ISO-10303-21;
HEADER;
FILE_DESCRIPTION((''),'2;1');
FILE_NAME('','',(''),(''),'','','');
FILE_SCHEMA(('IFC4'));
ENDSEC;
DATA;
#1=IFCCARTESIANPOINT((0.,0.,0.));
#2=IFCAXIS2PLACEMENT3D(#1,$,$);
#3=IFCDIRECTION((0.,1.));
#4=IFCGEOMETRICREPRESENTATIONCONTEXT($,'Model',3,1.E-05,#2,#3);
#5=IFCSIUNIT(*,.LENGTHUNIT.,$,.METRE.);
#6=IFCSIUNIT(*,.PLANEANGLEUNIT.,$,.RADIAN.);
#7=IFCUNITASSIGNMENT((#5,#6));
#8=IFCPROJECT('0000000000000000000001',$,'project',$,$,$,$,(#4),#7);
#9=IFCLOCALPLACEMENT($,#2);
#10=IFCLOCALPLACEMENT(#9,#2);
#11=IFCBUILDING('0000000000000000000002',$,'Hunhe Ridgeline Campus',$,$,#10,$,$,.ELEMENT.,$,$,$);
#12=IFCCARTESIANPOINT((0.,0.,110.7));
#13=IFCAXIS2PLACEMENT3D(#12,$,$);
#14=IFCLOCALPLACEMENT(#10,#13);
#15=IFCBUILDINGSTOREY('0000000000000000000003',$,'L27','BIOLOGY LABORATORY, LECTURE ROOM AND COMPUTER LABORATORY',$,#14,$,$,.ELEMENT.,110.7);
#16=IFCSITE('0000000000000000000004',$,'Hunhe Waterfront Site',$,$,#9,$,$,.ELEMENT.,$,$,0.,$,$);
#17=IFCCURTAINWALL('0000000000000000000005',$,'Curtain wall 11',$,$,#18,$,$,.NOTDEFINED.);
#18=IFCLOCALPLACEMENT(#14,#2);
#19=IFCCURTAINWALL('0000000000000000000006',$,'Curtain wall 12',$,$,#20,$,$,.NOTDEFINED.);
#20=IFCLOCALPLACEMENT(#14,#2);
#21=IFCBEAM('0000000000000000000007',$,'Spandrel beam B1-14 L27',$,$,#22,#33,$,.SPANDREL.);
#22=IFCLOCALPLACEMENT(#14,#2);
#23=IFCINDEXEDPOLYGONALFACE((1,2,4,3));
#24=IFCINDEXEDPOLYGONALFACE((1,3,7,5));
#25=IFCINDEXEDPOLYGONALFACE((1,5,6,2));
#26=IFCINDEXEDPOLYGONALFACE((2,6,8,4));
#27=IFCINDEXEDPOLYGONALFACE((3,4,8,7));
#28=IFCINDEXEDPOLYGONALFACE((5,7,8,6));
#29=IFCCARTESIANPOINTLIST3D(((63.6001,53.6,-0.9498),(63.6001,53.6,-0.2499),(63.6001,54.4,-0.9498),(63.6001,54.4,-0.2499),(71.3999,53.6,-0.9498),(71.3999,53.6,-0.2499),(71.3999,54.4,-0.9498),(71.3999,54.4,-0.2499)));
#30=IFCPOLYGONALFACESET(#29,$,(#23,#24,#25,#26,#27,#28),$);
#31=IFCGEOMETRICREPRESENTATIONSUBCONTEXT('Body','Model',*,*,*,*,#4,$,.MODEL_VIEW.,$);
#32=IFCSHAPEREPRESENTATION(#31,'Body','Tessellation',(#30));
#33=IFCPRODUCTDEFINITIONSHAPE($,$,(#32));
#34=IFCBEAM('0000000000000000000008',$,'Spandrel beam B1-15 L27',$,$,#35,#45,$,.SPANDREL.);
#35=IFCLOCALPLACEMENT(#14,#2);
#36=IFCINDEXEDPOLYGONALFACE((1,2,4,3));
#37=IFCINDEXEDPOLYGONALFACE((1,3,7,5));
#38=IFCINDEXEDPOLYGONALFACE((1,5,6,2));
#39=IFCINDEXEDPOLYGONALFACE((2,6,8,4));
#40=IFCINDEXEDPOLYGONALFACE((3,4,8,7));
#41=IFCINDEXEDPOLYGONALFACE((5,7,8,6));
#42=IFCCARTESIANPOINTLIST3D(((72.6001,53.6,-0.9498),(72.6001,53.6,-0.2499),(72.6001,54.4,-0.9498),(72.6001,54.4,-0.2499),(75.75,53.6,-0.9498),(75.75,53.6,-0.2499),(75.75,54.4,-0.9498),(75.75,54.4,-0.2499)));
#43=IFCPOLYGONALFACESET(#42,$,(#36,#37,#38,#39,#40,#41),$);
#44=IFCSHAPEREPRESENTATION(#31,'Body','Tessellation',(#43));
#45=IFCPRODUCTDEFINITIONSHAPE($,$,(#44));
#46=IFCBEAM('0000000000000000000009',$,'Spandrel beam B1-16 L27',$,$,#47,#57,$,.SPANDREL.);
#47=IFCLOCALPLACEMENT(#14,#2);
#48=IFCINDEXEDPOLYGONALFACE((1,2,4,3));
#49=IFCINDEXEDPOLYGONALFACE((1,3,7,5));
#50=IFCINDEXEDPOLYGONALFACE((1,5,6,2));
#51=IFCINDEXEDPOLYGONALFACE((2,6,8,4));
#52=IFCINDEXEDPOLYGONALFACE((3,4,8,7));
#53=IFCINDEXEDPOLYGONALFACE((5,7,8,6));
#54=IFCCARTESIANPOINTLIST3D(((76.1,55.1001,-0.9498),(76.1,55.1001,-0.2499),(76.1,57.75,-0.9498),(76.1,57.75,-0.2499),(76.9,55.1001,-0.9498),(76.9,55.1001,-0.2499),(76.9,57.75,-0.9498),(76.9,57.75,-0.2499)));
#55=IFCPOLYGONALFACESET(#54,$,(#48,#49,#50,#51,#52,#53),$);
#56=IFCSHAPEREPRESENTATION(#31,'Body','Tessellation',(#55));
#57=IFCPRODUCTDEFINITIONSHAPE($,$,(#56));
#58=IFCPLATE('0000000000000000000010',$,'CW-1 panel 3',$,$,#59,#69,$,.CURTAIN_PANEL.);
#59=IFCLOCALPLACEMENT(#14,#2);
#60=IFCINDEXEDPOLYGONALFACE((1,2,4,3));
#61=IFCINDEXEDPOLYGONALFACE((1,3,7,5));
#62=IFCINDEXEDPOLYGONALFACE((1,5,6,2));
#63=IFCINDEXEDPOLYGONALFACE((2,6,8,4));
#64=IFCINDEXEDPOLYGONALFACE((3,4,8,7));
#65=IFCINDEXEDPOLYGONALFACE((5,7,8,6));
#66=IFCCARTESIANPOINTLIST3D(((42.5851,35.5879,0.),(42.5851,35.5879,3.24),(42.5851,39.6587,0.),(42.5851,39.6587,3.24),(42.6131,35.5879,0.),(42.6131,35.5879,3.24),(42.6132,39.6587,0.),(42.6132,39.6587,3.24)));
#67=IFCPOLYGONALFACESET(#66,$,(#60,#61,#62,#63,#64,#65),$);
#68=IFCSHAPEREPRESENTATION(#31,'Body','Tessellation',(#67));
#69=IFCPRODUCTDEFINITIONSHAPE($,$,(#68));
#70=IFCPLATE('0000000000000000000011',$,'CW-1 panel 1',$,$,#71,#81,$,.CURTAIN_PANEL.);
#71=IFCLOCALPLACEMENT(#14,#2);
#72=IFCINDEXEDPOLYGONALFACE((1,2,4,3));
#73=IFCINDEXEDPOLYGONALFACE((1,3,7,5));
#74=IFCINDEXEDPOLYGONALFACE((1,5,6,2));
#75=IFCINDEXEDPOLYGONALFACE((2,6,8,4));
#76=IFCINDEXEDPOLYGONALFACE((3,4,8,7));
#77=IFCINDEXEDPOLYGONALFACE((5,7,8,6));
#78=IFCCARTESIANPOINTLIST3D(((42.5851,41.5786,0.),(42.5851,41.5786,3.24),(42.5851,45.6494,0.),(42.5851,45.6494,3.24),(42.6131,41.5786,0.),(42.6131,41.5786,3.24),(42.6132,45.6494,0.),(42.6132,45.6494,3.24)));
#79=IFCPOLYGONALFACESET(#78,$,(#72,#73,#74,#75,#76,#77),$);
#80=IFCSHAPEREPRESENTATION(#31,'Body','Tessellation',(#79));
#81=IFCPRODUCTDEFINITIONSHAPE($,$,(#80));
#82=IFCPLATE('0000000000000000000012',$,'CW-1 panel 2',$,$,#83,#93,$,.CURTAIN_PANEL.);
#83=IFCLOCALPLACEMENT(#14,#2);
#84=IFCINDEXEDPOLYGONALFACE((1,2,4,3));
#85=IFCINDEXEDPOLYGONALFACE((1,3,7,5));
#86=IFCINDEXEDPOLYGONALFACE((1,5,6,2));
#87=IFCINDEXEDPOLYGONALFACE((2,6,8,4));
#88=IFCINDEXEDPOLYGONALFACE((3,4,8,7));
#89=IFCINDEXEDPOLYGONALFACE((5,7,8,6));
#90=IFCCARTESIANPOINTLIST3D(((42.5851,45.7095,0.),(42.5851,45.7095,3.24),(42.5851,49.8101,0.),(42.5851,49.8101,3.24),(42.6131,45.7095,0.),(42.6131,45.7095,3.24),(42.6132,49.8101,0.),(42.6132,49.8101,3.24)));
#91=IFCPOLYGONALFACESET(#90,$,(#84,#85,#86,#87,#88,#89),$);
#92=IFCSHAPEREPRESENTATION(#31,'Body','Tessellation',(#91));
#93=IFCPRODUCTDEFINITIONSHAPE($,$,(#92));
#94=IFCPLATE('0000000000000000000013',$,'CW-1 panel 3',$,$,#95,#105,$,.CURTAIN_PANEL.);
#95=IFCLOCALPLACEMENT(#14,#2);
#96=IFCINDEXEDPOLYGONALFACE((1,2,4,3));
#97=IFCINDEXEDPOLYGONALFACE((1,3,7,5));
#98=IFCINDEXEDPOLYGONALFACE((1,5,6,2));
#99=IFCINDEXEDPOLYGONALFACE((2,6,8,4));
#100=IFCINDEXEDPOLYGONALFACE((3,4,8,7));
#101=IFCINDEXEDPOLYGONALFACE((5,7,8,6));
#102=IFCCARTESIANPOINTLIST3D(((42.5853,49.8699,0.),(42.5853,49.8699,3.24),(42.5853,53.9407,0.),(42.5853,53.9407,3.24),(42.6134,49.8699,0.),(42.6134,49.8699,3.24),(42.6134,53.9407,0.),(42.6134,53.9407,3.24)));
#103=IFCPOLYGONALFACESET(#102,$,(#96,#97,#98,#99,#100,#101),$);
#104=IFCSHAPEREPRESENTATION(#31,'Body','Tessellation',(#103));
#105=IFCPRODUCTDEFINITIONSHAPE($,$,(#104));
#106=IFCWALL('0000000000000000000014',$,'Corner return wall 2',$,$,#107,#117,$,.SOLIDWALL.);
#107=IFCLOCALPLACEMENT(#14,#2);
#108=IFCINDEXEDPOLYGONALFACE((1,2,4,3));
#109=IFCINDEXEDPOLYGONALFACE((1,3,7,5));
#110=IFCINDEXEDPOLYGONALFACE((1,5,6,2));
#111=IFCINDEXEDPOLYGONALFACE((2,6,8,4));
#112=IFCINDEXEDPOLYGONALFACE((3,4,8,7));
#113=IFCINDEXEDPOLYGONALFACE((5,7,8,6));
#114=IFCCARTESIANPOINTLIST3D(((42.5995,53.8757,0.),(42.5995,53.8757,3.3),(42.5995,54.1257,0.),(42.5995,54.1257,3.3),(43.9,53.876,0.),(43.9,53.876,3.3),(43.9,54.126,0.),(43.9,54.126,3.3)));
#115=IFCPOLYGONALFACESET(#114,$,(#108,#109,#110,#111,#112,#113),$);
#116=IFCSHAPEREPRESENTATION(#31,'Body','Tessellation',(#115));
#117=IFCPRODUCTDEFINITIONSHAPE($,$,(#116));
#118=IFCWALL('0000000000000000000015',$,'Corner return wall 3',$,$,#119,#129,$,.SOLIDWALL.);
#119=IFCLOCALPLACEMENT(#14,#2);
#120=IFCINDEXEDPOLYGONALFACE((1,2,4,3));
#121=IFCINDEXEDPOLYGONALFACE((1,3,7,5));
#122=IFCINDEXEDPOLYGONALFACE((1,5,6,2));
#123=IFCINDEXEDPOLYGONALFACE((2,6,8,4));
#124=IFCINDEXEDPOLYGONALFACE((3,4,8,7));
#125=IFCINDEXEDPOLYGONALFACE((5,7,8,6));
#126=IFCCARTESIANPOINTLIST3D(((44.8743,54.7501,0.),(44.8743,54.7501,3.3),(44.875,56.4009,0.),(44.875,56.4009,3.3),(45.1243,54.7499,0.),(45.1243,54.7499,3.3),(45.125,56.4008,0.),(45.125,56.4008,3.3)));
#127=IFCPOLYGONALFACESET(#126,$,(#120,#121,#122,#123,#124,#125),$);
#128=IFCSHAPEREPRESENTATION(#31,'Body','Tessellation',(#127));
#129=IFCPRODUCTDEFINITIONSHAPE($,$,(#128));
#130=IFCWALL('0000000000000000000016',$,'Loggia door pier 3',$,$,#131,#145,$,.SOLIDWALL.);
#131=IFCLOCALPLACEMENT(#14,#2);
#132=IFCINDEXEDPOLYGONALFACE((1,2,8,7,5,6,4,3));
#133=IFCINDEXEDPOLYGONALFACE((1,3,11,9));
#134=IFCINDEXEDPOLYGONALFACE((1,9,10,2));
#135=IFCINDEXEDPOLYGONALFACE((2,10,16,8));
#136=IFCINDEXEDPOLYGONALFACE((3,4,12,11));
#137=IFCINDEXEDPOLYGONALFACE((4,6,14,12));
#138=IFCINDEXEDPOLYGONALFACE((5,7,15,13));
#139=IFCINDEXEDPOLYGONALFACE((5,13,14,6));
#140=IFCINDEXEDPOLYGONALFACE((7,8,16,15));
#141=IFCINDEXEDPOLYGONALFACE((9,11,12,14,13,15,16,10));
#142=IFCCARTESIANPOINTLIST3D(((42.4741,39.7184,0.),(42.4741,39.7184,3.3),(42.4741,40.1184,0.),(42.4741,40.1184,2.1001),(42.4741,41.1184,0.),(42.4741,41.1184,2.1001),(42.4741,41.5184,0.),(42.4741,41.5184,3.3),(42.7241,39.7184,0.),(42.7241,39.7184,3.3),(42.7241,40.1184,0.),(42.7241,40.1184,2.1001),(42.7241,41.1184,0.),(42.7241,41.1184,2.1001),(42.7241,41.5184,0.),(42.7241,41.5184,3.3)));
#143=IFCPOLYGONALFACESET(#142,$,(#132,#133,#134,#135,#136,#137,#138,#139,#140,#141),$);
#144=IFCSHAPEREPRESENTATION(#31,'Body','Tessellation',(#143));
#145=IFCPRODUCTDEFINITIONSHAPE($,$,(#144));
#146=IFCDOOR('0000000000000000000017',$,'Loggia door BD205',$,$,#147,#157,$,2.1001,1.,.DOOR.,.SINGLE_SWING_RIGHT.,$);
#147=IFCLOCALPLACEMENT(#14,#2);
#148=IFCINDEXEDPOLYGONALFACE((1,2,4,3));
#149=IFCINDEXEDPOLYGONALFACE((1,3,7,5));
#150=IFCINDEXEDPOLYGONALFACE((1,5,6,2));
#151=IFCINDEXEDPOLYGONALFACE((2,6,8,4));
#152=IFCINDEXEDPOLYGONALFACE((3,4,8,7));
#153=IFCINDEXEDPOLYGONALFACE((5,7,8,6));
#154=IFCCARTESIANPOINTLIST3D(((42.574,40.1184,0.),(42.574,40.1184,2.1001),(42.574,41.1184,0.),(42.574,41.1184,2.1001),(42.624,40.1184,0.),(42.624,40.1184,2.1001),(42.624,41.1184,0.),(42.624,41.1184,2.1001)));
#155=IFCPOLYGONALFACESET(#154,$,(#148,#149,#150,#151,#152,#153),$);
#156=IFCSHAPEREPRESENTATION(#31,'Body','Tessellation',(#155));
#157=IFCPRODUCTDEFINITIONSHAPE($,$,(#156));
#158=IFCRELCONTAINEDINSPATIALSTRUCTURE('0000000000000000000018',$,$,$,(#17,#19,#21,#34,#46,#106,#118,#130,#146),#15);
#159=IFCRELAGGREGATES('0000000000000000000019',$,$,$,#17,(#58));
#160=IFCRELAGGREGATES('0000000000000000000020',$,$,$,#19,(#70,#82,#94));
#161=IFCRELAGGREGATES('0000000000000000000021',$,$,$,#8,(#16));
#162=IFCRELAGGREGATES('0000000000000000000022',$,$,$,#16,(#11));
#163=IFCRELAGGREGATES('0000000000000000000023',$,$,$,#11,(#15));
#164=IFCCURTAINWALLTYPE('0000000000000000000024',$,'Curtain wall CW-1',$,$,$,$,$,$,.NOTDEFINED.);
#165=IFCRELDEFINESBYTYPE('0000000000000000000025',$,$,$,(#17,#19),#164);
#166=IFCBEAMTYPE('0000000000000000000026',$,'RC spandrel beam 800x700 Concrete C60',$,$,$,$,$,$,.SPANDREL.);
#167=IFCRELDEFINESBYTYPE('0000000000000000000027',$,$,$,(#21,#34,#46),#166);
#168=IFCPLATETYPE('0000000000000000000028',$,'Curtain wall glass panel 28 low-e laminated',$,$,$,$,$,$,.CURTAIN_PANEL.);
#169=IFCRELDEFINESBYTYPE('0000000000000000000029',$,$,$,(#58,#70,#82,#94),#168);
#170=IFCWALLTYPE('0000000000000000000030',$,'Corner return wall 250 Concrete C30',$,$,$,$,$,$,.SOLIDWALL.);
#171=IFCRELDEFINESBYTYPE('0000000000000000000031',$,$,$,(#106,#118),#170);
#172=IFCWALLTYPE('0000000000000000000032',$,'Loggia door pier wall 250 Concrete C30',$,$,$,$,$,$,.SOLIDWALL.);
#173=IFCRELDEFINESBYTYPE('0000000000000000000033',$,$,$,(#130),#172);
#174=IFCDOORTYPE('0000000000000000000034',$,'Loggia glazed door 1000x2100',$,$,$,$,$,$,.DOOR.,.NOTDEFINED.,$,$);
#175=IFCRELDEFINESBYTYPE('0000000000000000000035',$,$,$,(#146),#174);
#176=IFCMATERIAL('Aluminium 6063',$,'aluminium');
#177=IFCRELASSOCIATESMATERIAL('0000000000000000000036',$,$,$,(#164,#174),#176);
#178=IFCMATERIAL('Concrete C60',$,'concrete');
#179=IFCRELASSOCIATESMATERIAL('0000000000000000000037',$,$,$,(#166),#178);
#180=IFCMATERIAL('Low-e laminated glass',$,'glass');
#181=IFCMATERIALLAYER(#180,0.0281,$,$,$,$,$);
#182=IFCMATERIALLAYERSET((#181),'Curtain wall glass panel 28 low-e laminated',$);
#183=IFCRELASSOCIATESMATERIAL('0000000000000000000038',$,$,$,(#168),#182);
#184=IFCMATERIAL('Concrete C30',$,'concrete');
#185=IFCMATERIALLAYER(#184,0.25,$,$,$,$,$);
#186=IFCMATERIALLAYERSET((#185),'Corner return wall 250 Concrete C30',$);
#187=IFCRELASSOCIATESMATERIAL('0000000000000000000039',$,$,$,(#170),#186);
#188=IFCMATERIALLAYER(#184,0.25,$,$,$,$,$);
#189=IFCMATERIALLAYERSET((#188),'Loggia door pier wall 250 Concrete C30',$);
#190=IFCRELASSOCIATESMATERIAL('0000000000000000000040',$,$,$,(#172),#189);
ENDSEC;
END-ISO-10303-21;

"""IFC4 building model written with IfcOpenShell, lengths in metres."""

from ifc_helpers import new_model, si_unit, direction, frame, frame_2d, origin, origin_2d, place, context, subcontext, project, spatial, rectangle, extrude, material, layer, layer_set, material_profile, profile_set, type_object, element, fill, aggregate, save


model = new_model("IFC4")

# Units and contexts
model_context = context("Model", 3, precision=1e-05, world=origin(), true_north=direction((0.0, 1.0)))
body_context = subcontext(model_context, "Body", "Model", "MODEL_VIEW")
ifc_project = project(units=[si_unit("LENGTHUNIT", "METRE"), si_unit("PLANEANGLEUNIT", "RADIAN")], contexts=[model_context])

# Site, building, storey
site_placement = place(None, origin())
site = spatial("IfcSite", under=ifc_project, at=site_placement, Name="Hunhe Waterfront Site", CompositionType="ELEMENT", RefElevation=0.0)
building_placement = place(site_placement, origin())
building = spatial("IfcBuilding", under=site, at=building_placement, Name="Hunhe Ridgeline Campus", CompositionType="ELEMENT")
storey_placement = place(building_placement, frame((0.0, 0.0, 110.7)))
storey = spatial("IfcBuildingStorey", under=building, at=storey_placement, Name="L27", Description="BIOLOGY LABORATORY, LECTURE ROOM AND COMPUTER LABORATORY", CompositionType="ELEMENT", Elevation=110.7)

# Curtain wall
ifc_material_1 = material(Name="Aluminium 6063", Category="aluminium")
curtain_wall_type = type_object("IfcCurtainWallType", Name="Curtain wall CW-1", PredefinedType="NOTDEFINED", material=ifc_material_1)
curtain_wall_1_placement = place(storey_placement, origin())
curtain_wall_1 = element("IfcCurtainWall", 1, at=curtain_wall_1_placement, inside=storey, type_object=curtain_wall_type, Name="Curtain wall 11", PredefinedType="NOTDEFINED")

# Curtain wall
curtain_wall_2_placement = place(storey_placement, origin())
curtain_wall_2 = element("IfcCurtainWall", 2, at=curtain_wall_2_placement, inside=storey, type_object=curtain_wall_type, Name="Curtain wall 12", PredefinedType="NOTDEFINED")

# Beams
ifc_material_2 = material(Name="Concrete C60", Category="concrete")
ifc_material_profile_1 = material_profile(ifc_material_2, rectangle(XDim=0.8, YDim=0.7, at=origin_2d()))
ifc_profile_set_1 = profile_set([ifc_material_profile_1], Name="Concrete C60")
beam_type = type_object("IfcBeamType", Name="RC spandrel beam 800x700 Concrete C60", PredefinedType="SPANDREL", material=ifc_profile_set_1)
for number, where, z_axis, x_axis, name in (
    (3, (63.6001, 54.0, -0.5999), (1.0, 0.0, 0.0), (0.0, 1.0, 0.0), "Spandrel beam B1-14 L27"),
):
    element("IfcBeam", number, at=place(storey_placement, frame(where, z_axis=z_axis, x_axis=x_axis)), inside=storey, type_object=beam_type, Name=name, PredefinedType="SPANDREL", context=body_context, shape_type="SweptSolid", body=[
        extrude(rectangle(XDim=0.8, YDim=0.7, at=origin_2d()), origin(), (0.0, 0.0, 1.0), 7.7998),
    ])
beam_1_placement = place(storey_placement, frame((72.6001, 54.0, -0.5999), z_axis=(1.0, 0.0, 0.0), x_axis=(0.0, 1.0, 0.0)))
element("IfcBeam", 4, at=beam_1_placement, inside=storey, type_object=beam_type, Name="Spandrel beam B1-15 L27", PredefinedType="SPANDREL", context=body_context, shape_type="SweptSolid", body=[
    extrude(rectangle(XDim=0.8, YDim=0.7, at=origin_2d()), origin(), (0.0, 0.0, 1.0), 3.1499),
])
beam_2_placement = place(storey_placement, frame((76.5, 55.1001, -0.5999), z_axis=(0.0, 1.0, 0.0), x_axis=(-1.0, 0.0, 0.0)))
element("IfcBeam", 5, at=beam_2_placement, inside=storey, type_object=beam_type, Name="Spandrel beam B1-16 L27", PredefinedType="SPANDREL", context=body_context, shape_type="SweptSolid", body=[
    extrude(rectangle(XDim=0.8, YDim=0.7, at=origin_2d()), origin(), (0.0, 0.0, 1.0), 2.6499),
])

# Plates
ifc_material_3 = material(Name="Low-e laminated glass", Category="glass")
ifc_layer_1 = layer(ifc_material_3, 0.0281)
ifc_layer_set_1 = layer_set([ifc_layer_1], Name="Curtain wall glass panel 28 low-e laminated")
plate_type = type_object("IfcPlateType", Name="Curtain wall glass panel 28 low-e laminated", PredefinedType="CURTAIN_PANEL", material=ifc_layer_set_1)
plate_1_placement = place(storey_placement, frame((42.5991, 37.6233, 0.0), z_axis=(0.0, 0.0, 1.0), x_axis=(0.000011, 1.0, 0.0)))
plate_1 = element("IfcPlate", 6, at=plate_1_placement, type_object=plate_type, Name="CW-1 panel 3", PredefinedType="CURTAIN_PANEL", context=body_context, shape_type="SweptSolid", body=[
    extrude(rectangle(XDim=4.0708, YDim=0.0281, at=origin_2d()), origin(), (0.0, 0.0, 1.0), 3.24),
])
aggregate(curtain_wall_1, [plate_1])
plate_2_placement = place(storey_placement, frame((42.5991, 43.614, 0.0), z_axis=(0.0, 0.0, 1.0), x_axis=(0.000011, 1.0, 0.0)))
plate_2 = element("IfcPlate", 7, at=plate_2_placement, type_object=plate_type, Name="CW-1 panel 1", PredefinedType="CURTAIN_PANEL", context=body_context, shape_type="SweptSolid", body=[
    extrude(rectangle(XDim=4.0708, YDim=0.0281, at=origin_2d()), origin(), (0.0, 0.0, 1.0), 3.24),
])
plate_3_placement = place(storey_placement, frame((42.5991, 47.7598, 0.0), z_axis=(0.0, 0.0, 1.0), x_axis=(0.000011, 1.0, 0.0)))
plate_3 = element("IfcPlate", 8, at=plate_3_placement, type_object=plate_type, Name="CW-1 panel 2", PredefinedType="CURTAIN_PANEL", context=body_context, shape_type="SweptSolid", body=[
    extrude(rectangle(XDim=4.1006, YDim=0.0281, at=origin_2d()), origin(), (0.0, 0.0, 1.0), 3.24),
])
plate_4_placement = place(storey_placement, frame((42.5994, 51.9053, 0.0), z_axis=(0.0, 0.0, 1.0), x_axis=(0.000011, 1.0, 0.0)))
plate_4 = element("IfcPlate", 9, at=plate_4_placement, type_object=plate_type, Name="CW-1 panel 3", PredefinedType="CURTAIN_PANEL", context=body_context, shape_type="SweptSolid", body=[
    extrude(rectangle(XDim=4.0708, YDim=0.0281, at=origin_2d()), origin(), (0.0, 0.0, 1.0), 3.24),
])
aggregate(curtain_wall_2, [plate_2, plate_3, plate_4])

# Walls
ifc_material_4 = material(Name="Concrete C30", Category="concrete")
ifc_layer_2 = layer(ifc_material_4, 0.25)
ifc_layer_set_2 = layer_set([ifc_layer_2], Name="Corner return wall 250 Concrete C30")
wall_type_1 = type_object("IfcWallType", Name="Corner return wall 250 Concrete C30", PredefinedType="SOLIDWALL", material=ifc_layer_set_2)
wall_1_placement = place(storey_placement, frame((42.5994, 54.0007, 0.0), z_axis=(0.0, 0.0, 1.0), x_axis=(1.0, 0.000188, 0.0)))
element("IfcWall", 10, at=wall_1_placement, inside=storey, type_object=wall_type_1, Name="Corner return wall 2", PredefinedType="SOLIDWALL", context=body_context, shape_type="SweptSolid", body=[
    extrude(rectangle(XDim=1.3005, YDim=0.25, at=frame_2d((0.6504, 0.0))), origin(), (0.0, 0.0, 1.0), 3.3),
])
wall_2_placement = place(storey_placement, frame((44.9993, 54.75, 0.0), z_axis=(0.0, 0.0, 1.0), x_axis=(0.000444, 1.0, 0.0)))
element("IfcWall", 11, at=wall_2_placement, inside=storey, type_object=wall_type_1, Name="Corner return wall 3", PredefinedType="SOLIDWALL", context=body_context, shape_type="SweptSolid", body=[
    extrude(rectangle(XDim=1.6509, YDim=0.25, at=frame_2d((0.8254, 0.0))), origin(), (0.0, 0.0, 1.0), 3.3),
])

# Wall, opening, door
ifc_layer_3 = layer(ifc_material_4, 0.25)
ifc_layer_set_3 = layer_set([ifc_layer_3], Name="Loggia door pier wall 250 Concrete C30")
wall_type_2 = type_object("IfcWallType", Name="Loggia door pier wall 250 Concrete C30", PredefinedType="SOLIDWALL", material=ifc_layer_set_3)
wall_3_placement = place(storey_placement, frame((42.5991, 39.7185, 0.0), z_axis=(0.0, 0.0, 1.0), x_axis=(0.0, 1.0, 0.0)))
wall_3 = element("IfcWall", 12, at=wall_3_placement, inside=storey, type_object=wall_type_2, Name="Loggia door pier 3", PredefinedType="SOLIDWALL", context=body_context, shape_type="SweptSolid", body=[
    extrude(rectangle(XDim=1.8, YDim=0.25, at=frame_2d((0.8999, 0.0))), origin(), (0.0, 0.0, 1.0), 3.3),
])
opening_placement = place(wall_3_placement, frame((0.3999, 0.0, 0.0)))
opening = element("IfcOpeningElement", 13, at=opening_placement, cuts=wall_3, PredefinedType="OPENING", context=body_context, shape_type="SweptSolid", body=[
    extrude(rectangle(XDim=1.0, YDim=2.1001, at=frame_2d((0.5, 1.05))), frame((0.0, 0.125, 0.0), z_axis=(0.0, -1.0, 0.0), x_axis=(1.0, 0.0, 0.0)), (0.0, 0.0, 1.0), 0.25),
])
door_type = type_object("IfcDoorType", Name="Loggia glazed door 1000x2100", OperationType="NOTDEFINED", PredefinedType="DOOR", material=ifc_material_1)
door_placement = place(opening_placement, frame((1.0, 0.0, 0.0), z_axis=(0.0, 0.0, 1.0), x_axis=(-1.0, 0.0, 0.0)))
door = element("IfcDoor", 14, at=door_placement, inside=storey, type_object=door_type, Name="Loggia door BD205", OperationType="SINGLE_SWING_RIGHT", OverallHeight=2.1001, OverallWidth=1.0, PredefinedType="DOOR", context=body_context, shape_type="SweptSolid", body=[
    extrude(rectangle(XDim=1.0, YDim=2.1001, at=frame_2d((0.5, 1.05))), frame((0.0, 0.0249, 0.0), z_axis=(0.0, -1.0, 0.0), x_axis=(1.0, 0.0, 0.0)), (0.0, 0.0, 1.0), 0.05),
])
fill(opening, door)

save(model, "model.ifc")
